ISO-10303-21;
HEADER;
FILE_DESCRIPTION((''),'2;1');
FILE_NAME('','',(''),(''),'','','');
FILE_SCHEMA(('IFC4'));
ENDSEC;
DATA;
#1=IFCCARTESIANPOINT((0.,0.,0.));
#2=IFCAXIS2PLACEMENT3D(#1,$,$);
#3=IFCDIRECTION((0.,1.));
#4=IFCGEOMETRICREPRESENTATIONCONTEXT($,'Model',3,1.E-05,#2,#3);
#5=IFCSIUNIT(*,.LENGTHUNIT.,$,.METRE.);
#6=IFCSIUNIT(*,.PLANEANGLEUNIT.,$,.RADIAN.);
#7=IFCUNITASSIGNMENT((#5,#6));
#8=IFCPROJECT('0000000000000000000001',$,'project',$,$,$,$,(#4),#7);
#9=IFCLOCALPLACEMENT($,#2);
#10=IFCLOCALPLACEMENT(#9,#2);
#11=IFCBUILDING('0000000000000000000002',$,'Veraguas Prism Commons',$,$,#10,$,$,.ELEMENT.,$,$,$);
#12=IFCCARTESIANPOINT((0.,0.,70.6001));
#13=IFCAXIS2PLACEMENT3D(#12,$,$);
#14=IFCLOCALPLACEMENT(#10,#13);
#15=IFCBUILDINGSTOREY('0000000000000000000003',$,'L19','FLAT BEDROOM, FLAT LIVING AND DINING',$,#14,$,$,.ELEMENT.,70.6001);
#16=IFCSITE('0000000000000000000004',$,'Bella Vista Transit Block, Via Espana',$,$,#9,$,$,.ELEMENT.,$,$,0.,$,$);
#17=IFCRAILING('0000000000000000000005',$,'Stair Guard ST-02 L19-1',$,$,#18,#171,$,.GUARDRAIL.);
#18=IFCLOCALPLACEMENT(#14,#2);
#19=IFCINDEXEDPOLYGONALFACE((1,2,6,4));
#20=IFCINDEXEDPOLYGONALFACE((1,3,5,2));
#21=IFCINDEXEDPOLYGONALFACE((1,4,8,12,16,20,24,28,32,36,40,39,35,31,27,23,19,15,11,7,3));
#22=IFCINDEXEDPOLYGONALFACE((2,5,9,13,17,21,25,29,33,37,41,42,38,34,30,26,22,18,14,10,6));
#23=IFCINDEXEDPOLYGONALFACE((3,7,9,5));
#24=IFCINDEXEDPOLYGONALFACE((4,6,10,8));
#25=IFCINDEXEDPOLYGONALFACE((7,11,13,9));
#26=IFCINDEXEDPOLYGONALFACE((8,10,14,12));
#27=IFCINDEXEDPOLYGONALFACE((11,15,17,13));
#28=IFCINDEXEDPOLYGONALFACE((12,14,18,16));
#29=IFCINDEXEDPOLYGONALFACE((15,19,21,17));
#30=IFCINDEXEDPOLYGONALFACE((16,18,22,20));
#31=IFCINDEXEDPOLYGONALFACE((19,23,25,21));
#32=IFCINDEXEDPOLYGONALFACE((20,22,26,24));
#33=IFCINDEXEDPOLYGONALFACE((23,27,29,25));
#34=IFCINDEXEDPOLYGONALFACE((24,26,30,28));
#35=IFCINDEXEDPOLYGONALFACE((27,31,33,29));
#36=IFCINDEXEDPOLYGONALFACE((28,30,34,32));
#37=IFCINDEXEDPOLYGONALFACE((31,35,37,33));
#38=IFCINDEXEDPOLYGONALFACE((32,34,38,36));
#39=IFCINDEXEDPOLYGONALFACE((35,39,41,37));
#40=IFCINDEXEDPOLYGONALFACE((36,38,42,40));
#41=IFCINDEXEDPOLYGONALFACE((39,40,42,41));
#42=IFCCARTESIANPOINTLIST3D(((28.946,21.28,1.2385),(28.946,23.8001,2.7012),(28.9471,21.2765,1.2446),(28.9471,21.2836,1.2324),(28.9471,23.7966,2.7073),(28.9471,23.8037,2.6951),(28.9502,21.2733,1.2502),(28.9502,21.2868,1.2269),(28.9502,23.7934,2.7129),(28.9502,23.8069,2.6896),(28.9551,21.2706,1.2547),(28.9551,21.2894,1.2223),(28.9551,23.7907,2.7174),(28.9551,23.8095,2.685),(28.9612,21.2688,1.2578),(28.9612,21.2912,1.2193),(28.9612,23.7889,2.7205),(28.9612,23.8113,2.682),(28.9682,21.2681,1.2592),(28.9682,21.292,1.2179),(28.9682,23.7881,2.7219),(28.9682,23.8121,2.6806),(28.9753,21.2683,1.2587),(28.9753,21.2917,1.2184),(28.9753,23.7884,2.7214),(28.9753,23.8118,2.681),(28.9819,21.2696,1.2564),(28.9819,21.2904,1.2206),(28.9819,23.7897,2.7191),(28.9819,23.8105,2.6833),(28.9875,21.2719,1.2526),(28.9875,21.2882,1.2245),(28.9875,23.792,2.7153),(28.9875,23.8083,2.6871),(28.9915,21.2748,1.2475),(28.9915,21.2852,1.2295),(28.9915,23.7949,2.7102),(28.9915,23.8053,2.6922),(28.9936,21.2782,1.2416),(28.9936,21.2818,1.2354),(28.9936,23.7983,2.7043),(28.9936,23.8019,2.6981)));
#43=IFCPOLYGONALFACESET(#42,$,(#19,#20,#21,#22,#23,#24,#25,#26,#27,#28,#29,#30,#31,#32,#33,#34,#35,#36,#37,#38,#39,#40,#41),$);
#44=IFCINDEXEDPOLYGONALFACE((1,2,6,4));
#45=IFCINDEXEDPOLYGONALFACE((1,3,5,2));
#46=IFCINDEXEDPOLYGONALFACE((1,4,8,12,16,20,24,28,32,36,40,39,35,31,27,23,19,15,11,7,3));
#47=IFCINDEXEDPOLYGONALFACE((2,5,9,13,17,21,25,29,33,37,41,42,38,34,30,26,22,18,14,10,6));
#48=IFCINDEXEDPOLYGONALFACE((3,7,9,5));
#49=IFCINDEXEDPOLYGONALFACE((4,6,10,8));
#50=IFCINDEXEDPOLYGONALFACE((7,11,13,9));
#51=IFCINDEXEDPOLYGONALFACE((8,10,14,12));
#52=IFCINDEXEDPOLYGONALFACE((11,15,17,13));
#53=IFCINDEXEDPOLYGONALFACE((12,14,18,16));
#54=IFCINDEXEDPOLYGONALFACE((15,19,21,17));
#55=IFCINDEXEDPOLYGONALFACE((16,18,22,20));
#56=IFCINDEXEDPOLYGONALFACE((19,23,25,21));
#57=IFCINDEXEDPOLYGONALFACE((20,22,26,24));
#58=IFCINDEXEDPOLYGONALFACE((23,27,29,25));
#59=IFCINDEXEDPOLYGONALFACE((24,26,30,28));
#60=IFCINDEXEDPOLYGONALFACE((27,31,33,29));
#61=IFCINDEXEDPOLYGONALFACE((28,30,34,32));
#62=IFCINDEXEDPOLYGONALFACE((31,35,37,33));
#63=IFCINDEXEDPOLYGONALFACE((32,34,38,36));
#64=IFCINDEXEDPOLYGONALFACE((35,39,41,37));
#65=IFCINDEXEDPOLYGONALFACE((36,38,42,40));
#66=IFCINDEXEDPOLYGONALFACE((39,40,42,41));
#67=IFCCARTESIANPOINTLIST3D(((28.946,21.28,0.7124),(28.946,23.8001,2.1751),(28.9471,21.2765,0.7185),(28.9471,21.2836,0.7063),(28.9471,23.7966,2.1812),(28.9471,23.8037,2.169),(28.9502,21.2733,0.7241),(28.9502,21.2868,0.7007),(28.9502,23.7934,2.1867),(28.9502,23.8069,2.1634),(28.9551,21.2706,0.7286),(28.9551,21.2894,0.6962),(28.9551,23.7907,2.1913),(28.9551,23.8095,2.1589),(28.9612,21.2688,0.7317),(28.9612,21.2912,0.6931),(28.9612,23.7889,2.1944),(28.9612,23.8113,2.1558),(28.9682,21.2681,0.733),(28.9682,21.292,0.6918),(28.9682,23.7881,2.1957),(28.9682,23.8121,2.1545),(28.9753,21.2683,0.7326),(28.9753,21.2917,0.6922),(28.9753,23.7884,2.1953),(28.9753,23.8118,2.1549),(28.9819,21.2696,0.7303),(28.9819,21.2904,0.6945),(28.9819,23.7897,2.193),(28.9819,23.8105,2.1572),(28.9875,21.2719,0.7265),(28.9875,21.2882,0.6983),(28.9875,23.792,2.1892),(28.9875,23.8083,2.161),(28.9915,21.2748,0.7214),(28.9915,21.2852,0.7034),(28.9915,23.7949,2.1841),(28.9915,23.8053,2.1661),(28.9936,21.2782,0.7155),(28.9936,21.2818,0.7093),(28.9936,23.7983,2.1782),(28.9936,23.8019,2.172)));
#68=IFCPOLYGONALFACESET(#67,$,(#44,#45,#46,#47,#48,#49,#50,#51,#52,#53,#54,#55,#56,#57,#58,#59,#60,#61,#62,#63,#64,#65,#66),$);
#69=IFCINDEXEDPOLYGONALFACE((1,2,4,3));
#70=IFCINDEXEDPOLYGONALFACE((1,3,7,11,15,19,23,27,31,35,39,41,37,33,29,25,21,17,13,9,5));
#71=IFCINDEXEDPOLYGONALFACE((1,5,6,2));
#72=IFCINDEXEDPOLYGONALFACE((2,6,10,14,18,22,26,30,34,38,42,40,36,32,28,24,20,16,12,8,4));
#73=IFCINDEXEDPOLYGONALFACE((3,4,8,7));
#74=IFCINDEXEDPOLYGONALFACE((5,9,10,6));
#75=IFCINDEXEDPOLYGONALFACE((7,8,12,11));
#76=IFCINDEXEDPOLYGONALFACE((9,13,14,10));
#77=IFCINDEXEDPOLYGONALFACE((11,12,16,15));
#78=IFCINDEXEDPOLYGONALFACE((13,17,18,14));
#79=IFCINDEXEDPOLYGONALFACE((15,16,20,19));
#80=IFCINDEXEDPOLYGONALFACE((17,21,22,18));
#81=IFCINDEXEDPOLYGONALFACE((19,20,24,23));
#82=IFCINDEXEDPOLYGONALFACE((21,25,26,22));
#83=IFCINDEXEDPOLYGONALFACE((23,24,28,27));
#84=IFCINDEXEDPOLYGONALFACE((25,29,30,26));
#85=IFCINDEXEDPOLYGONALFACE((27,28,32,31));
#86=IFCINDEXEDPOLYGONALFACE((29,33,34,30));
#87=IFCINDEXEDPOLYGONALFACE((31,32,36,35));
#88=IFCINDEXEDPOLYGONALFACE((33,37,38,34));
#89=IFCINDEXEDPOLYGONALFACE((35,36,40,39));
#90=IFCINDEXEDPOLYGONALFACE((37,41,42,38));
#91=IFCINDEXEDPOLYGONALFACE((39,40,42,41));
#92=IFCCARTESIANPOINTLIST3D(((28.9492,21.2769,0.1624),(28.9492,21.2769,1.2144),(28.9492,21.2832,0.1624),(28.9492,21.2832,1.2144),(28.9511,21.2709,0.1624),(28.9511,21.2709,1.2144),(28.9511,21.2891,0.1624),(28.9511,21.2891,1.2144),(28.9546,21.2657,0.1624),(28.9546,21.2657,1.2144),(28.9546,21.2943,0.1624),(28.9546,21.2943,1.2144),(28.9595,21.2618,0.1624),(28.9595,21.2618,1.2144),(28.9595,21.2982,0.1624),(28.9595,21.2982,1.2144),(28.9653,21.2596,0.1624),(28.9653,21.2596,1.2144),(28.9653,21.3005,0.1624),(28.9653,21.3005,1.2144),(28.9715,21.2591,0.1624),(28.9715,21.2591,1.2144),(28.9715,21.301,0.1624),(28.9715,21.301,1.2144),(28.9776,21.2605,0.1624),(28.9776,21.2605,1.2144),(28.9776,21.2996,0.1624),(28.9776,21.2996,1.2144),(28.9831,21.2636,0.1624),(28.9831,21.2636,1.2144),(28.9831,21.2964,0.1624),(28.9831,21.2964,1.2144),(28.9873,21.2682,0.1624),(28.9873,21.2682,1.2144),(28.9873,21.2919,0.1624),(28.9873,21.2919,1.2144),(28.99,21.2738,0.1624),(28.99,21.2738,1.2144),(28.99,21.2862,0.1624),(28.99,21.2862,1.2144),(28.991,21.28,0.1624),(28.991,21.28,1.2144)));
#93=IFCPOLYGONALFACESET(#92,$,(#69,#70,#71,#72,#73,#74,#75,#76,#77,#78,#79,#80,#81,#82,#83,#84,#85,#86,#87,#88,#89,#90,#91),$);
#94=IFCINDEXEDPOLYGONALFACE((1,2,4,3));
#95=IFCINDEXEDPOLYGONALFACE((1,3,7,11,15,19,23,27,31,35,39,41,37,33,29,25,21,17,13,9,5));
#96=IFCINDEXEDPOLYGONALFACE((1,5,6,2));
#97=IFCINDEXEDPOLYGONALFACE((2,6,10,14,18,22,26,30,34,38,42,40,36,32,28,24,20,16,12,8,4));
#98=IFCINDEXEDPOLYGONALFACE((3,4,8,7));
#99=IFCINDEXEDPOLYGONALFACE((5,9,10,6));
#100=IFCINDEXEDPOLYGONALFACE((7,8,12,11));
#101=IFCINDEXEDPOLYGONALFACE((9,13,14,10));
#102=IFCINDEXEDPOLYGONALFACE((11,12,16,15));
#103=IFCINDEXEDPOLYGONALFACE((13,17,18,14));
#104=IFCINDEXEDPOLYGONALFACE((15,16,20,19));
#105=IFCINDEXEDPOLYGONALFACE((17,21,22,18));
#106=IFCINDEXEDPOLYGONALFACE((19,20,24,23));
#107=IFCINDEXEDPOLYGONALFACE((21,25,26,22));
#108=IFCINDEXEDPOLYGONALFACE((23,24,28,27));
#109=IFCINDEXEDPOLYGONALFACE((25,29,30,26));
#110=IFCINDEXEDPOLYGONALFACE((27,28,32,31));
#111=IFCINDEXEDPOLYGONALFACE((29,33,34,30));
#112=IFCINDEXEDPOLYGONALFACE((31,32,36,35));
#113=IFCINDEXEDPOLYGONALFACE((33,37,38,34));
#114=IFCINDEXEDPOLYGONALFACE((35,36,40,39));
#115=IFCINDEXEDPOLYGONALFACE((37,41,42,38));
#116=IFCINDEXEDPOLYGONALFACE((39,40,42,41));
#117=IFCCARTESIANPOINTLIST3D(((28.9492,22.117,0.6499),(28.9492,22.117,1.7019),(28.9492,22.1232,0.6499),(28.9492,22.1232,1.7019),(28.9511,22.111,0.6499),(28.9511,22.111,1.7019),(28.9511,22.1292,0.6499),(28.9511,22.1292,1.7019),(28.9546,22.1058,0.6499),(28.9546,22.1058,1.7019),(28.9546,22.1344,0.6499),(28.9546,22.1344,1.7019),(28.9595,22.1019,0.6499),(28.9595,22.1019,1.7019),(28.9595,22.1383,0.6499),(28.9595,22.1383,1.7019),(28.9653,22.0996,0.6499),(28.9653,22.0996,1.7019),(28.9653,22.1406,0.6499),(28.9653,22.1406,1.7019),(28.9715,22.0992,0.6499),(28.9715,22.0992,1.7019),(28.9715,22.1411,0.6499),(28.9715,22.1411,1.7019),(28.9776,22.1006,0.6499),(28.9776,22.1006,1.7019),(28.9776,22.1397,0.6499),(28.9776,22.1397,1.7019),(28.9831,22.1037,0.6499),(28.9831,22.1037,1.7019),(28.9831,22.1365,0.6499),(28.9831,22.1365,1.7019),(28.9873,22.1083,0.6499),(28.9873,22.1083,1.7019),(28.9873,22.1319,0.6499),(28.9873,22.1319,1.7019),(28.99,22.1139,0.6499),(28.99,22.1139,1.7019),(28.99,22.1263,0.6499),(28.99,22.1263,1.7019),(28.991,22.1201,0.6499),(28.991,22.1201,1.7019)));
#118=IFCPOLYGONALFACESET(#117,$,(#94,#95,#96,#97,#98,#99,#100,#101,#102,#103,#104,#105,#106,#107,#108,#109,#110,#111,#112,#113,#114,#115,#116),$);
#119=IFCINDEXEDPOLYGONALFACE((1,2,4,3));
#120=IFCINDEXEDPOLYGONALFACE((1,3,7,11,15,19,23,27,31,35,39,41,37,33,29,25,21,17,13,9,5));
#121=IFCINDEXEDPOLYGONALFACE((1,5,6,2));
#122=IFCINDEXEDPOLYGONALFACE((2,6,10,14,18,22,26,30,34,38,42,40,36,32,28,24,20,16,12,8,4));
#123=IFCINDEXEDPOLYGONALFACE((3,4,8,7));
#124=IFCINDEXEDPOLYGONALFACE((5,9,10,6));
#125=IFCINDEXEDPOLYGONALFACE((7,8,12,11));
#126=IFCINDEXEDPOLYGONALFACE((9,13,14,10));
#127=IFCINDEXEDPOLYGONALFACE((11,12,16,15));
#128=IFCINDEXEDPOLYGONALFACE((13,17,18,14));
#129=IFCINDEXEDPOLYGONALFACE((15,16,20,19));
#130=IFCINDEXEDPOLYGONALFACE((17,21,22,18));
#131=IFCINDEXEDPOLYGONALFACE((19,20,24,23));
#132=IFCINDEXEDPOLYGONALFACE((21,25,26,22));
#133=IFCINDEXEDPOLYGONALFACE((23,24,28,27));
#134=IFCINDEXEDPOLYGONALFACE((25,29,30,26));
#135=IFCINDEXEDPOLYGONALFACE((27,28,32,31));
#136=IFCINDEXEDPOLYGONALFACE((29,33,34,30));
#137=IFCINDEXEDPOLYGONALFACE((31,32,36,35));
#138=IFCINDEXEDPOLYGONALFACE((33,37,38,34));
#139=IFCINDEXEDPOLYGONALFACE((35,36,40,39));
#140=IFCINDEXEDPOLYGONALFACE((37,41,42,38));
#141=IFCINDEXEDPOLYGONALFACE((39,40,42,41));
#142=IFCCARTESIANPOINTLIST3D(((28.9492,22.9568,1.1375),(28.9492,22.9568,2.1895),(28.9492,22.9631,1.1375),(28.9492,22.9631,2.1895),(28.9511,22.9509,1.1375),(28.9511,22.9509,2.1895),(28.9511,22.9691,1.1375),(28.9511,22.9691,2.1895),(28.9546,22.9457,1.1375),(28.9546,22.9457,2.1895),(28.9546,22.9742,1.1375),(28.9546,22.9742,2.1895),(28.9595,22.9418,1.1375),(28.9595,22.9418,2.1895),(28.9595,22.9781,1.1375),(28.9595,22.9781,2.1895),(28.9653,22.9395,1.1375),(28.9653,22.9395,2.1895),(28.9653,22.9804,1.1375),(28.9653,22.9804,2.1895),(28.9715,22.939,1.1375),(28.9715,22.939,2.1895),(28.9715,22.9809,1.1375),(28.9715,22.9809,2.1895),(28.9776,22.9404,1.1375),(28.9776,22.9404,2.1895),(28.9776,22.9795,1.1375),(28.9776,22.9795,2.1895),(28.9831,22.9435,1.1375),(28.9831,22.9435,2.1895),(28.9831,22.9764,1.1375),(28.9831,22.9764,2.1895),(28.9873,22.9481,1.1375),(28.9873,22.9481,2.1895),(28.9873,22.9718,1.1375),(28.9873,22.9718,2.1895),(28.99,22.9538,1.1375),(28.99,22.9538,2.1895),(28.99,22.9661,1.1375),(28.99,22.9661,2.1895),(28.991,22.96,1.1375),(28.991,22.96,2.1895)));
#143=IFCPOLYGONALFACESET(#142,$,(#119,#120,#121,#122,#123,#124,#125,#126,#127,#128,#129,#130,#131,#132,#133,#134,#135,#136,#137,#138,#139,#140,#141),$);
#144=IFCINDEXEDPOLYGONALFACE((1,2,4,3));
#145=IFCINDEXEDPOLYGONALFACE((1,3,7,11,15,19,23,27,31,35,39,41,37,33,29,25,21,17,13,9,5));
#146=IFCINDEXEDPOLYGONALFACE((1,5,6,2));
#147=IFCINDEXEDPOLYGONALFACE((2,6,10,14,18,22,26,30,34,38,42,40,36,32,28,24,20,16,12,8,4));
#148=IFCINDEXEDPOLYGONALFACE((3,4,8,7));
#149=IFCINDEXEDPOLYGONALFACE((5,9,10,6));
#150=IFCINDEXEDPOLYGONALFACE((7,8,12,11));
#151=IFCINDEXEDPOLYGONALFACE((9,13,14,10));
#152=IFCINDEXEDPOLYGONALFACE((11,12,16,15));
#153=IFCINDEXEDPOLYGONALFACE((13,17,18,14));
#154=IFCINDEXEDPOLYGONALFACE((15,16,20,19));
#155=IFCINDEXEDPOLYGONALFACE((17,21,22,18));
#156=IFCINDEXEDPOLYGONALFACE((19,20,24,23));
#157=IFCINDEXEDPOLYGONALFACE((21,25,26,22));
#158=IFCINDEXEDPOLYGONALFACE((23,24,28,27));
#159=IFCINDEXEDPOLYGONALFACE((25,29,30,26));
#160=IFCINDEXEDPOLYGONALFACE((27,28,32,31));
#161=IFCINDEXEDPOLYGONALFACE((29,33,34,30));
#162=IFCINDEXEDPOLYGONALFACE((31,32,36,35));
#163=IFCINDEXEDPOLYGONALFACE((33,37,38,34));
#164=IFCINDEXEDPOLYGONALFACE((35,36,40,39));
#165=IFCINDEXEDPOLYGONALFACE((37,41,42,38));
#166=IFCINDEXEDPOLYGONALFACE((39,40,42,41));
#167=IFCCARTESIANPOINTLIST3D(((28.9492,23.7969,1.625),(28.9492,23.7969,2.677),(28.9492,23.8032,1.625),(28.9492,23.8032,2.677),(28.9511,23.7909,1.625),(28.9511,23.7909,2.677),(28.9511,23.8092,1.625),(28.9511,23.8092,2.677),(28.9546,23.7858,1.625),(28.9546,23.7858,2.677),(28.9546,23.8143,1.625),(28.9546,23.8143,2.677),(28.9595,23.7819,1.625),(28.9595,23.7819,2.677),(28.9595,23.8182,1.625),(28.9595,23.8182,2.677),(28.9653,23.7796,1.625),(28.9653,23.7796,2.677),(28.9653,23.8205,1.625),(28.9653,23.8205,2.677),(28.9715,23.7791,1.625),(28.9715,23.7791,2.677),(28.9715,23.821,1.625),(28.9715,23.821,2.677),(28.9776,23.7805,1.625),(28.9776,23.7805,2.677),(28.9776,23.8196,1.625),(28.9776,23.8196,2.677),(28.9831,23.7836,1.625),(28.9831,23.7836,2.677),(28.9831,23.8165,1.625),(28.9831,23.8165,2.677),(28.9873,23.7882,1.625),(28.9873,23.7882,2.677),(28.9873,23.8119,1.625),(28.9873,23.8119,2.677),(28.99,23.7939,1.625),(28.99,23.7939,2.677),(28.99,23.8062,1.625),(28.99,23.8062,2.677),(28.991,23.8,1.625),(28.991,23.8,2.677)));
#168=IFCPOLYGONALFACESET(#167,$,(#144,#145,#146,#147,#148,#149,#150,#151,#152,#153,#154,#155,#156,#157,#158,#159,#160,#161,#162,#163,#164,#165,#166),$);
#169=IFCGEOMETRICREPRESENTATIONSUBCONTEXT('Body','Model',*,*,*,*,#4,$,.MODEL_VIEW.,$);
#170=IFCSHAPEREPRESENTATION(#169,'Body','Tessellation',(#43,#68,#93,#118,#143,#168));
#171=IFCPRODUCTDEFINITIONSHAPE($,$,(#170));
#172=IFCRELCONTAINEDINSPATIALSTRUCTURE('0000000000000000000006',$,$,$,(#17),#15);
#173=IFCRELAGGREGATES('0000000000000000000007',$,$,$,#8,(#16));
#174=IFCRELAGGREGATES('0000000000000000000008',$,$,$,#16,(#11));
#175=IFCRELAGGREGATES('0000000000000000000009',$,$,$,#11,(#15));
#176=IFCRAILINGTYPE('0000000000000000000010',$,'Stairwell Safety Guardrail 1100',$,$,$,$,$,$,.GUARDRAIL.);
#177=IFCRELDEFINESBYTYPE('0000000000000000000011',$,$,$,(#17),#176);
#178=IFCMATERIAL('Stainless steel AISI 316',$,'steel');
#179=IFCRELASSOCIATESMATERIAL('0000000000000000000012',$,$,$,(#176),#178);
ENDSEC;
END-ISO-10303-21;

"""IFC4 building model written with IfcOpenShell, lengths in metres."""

from ifc_helpers import new_model, si_unit, direction, frame, origin, origin_2d, place, context, subcontext, project, spatial, circle, extrude, material, type_object, element, save


model = new_model("IFC4")

# Units and contexts
model_context = context("Model", 3, precision=1e-05, world=origin(), true_north=direction((0.0, 1.0)))
body_context = subcontext(model_context, "Body", "Model", "MODEL_VIEW")
ifc_project = project(units=[si_unit("LENGTHUNIT", "METRE"), si_unit("PLANEANGLEUNIT", "RADIAN")], contexts=[model_context])

# Site, building, storey
site_placement = place(None, origin())
site = spatial("IfcSite", under=ifc_project, at=site_placement, Name="Bella Vista Transit Block, Via Espana", CompositionType="ELEMENT", RefElevation=0.0)
building_placement = place(site_placement, origin())
building = spatial("IfcBuilding", under=site, at=building_placement, Name="Veraguas Prism Commons", CompositionType="ELEMENT")
storey_placement = place(building_placement, frame((0.0, 0.0, 70.6001)))
storey = spatial("IfcBuildingStorey", under=building, at=storey_placement, Name="L19", Description="FLAT BEDROOM, FLAT LIVING AND DINING", CompositionType="ELEMENT", Elevation=70.6001)

# Shared definitions
ifc_material_1 = material(Name="Stainless steel AISI 316", Category="steel")

# Railing
railing_type_1 = type_object("IfcRailingType", Name="Stairwell Safety Guardrail 1100", PredefinedType="GUARDRAIL", material=ifc_material_1)
railing_1_placement = place(storey_placement, frame((28.97, 21.28, 0.1624)))
element("IfcRailing", 1, at=railing_1_placement, inside=storey, type_object=railing_type_1, Name="Stair Guard ST-02 L19-1", PredefinedType="GUARDRAIL", context=body_context, shape_type="SweptSolid", body=[
    extrude(circle(Radius=0.0239, at=origin_2d()), frame((0.0, 0.0, 1.0762), z_axis=(0.0, 0.864877, 0.501984), x_axis=(-1.0, 0.0, 0.0)), (0.0, 0.0, 1.0), 2.9138),
    extrude(circle(Radius=0.0239, at=origin_2d()), frame((0.0, 0.0, 0.55), z_axis=(0.0, 0.864877, 0.501984), x_axis=(-1.0, 0.0, 0.0)), (0.0, 0.0, 1.0), 2.9138),
    extrude(circle(Radius=0.021, at=origin_2d()), origin(), (0.0, 0.0, 1.0), 1.052),
    extrude(circle(Radius=0.021, at=origin_2d()), frame((0.0, 0.8401, 0.4875)), (0.0, 0.0, 1.0), 1.052),
    extrude(circle(Radius=0.021, at=origin_2d()), frame((0.0, 1.6799, 0.9751)), (0.0, 0.0, 1.0), 1.052),
    extrude(circle(Radius=0.021, at=origin_2d()), frame((0.0, 2.52, 1.4626)), (0.0, 0.0, 1.0), 1.052),
])

save(model, "model.ifc")
